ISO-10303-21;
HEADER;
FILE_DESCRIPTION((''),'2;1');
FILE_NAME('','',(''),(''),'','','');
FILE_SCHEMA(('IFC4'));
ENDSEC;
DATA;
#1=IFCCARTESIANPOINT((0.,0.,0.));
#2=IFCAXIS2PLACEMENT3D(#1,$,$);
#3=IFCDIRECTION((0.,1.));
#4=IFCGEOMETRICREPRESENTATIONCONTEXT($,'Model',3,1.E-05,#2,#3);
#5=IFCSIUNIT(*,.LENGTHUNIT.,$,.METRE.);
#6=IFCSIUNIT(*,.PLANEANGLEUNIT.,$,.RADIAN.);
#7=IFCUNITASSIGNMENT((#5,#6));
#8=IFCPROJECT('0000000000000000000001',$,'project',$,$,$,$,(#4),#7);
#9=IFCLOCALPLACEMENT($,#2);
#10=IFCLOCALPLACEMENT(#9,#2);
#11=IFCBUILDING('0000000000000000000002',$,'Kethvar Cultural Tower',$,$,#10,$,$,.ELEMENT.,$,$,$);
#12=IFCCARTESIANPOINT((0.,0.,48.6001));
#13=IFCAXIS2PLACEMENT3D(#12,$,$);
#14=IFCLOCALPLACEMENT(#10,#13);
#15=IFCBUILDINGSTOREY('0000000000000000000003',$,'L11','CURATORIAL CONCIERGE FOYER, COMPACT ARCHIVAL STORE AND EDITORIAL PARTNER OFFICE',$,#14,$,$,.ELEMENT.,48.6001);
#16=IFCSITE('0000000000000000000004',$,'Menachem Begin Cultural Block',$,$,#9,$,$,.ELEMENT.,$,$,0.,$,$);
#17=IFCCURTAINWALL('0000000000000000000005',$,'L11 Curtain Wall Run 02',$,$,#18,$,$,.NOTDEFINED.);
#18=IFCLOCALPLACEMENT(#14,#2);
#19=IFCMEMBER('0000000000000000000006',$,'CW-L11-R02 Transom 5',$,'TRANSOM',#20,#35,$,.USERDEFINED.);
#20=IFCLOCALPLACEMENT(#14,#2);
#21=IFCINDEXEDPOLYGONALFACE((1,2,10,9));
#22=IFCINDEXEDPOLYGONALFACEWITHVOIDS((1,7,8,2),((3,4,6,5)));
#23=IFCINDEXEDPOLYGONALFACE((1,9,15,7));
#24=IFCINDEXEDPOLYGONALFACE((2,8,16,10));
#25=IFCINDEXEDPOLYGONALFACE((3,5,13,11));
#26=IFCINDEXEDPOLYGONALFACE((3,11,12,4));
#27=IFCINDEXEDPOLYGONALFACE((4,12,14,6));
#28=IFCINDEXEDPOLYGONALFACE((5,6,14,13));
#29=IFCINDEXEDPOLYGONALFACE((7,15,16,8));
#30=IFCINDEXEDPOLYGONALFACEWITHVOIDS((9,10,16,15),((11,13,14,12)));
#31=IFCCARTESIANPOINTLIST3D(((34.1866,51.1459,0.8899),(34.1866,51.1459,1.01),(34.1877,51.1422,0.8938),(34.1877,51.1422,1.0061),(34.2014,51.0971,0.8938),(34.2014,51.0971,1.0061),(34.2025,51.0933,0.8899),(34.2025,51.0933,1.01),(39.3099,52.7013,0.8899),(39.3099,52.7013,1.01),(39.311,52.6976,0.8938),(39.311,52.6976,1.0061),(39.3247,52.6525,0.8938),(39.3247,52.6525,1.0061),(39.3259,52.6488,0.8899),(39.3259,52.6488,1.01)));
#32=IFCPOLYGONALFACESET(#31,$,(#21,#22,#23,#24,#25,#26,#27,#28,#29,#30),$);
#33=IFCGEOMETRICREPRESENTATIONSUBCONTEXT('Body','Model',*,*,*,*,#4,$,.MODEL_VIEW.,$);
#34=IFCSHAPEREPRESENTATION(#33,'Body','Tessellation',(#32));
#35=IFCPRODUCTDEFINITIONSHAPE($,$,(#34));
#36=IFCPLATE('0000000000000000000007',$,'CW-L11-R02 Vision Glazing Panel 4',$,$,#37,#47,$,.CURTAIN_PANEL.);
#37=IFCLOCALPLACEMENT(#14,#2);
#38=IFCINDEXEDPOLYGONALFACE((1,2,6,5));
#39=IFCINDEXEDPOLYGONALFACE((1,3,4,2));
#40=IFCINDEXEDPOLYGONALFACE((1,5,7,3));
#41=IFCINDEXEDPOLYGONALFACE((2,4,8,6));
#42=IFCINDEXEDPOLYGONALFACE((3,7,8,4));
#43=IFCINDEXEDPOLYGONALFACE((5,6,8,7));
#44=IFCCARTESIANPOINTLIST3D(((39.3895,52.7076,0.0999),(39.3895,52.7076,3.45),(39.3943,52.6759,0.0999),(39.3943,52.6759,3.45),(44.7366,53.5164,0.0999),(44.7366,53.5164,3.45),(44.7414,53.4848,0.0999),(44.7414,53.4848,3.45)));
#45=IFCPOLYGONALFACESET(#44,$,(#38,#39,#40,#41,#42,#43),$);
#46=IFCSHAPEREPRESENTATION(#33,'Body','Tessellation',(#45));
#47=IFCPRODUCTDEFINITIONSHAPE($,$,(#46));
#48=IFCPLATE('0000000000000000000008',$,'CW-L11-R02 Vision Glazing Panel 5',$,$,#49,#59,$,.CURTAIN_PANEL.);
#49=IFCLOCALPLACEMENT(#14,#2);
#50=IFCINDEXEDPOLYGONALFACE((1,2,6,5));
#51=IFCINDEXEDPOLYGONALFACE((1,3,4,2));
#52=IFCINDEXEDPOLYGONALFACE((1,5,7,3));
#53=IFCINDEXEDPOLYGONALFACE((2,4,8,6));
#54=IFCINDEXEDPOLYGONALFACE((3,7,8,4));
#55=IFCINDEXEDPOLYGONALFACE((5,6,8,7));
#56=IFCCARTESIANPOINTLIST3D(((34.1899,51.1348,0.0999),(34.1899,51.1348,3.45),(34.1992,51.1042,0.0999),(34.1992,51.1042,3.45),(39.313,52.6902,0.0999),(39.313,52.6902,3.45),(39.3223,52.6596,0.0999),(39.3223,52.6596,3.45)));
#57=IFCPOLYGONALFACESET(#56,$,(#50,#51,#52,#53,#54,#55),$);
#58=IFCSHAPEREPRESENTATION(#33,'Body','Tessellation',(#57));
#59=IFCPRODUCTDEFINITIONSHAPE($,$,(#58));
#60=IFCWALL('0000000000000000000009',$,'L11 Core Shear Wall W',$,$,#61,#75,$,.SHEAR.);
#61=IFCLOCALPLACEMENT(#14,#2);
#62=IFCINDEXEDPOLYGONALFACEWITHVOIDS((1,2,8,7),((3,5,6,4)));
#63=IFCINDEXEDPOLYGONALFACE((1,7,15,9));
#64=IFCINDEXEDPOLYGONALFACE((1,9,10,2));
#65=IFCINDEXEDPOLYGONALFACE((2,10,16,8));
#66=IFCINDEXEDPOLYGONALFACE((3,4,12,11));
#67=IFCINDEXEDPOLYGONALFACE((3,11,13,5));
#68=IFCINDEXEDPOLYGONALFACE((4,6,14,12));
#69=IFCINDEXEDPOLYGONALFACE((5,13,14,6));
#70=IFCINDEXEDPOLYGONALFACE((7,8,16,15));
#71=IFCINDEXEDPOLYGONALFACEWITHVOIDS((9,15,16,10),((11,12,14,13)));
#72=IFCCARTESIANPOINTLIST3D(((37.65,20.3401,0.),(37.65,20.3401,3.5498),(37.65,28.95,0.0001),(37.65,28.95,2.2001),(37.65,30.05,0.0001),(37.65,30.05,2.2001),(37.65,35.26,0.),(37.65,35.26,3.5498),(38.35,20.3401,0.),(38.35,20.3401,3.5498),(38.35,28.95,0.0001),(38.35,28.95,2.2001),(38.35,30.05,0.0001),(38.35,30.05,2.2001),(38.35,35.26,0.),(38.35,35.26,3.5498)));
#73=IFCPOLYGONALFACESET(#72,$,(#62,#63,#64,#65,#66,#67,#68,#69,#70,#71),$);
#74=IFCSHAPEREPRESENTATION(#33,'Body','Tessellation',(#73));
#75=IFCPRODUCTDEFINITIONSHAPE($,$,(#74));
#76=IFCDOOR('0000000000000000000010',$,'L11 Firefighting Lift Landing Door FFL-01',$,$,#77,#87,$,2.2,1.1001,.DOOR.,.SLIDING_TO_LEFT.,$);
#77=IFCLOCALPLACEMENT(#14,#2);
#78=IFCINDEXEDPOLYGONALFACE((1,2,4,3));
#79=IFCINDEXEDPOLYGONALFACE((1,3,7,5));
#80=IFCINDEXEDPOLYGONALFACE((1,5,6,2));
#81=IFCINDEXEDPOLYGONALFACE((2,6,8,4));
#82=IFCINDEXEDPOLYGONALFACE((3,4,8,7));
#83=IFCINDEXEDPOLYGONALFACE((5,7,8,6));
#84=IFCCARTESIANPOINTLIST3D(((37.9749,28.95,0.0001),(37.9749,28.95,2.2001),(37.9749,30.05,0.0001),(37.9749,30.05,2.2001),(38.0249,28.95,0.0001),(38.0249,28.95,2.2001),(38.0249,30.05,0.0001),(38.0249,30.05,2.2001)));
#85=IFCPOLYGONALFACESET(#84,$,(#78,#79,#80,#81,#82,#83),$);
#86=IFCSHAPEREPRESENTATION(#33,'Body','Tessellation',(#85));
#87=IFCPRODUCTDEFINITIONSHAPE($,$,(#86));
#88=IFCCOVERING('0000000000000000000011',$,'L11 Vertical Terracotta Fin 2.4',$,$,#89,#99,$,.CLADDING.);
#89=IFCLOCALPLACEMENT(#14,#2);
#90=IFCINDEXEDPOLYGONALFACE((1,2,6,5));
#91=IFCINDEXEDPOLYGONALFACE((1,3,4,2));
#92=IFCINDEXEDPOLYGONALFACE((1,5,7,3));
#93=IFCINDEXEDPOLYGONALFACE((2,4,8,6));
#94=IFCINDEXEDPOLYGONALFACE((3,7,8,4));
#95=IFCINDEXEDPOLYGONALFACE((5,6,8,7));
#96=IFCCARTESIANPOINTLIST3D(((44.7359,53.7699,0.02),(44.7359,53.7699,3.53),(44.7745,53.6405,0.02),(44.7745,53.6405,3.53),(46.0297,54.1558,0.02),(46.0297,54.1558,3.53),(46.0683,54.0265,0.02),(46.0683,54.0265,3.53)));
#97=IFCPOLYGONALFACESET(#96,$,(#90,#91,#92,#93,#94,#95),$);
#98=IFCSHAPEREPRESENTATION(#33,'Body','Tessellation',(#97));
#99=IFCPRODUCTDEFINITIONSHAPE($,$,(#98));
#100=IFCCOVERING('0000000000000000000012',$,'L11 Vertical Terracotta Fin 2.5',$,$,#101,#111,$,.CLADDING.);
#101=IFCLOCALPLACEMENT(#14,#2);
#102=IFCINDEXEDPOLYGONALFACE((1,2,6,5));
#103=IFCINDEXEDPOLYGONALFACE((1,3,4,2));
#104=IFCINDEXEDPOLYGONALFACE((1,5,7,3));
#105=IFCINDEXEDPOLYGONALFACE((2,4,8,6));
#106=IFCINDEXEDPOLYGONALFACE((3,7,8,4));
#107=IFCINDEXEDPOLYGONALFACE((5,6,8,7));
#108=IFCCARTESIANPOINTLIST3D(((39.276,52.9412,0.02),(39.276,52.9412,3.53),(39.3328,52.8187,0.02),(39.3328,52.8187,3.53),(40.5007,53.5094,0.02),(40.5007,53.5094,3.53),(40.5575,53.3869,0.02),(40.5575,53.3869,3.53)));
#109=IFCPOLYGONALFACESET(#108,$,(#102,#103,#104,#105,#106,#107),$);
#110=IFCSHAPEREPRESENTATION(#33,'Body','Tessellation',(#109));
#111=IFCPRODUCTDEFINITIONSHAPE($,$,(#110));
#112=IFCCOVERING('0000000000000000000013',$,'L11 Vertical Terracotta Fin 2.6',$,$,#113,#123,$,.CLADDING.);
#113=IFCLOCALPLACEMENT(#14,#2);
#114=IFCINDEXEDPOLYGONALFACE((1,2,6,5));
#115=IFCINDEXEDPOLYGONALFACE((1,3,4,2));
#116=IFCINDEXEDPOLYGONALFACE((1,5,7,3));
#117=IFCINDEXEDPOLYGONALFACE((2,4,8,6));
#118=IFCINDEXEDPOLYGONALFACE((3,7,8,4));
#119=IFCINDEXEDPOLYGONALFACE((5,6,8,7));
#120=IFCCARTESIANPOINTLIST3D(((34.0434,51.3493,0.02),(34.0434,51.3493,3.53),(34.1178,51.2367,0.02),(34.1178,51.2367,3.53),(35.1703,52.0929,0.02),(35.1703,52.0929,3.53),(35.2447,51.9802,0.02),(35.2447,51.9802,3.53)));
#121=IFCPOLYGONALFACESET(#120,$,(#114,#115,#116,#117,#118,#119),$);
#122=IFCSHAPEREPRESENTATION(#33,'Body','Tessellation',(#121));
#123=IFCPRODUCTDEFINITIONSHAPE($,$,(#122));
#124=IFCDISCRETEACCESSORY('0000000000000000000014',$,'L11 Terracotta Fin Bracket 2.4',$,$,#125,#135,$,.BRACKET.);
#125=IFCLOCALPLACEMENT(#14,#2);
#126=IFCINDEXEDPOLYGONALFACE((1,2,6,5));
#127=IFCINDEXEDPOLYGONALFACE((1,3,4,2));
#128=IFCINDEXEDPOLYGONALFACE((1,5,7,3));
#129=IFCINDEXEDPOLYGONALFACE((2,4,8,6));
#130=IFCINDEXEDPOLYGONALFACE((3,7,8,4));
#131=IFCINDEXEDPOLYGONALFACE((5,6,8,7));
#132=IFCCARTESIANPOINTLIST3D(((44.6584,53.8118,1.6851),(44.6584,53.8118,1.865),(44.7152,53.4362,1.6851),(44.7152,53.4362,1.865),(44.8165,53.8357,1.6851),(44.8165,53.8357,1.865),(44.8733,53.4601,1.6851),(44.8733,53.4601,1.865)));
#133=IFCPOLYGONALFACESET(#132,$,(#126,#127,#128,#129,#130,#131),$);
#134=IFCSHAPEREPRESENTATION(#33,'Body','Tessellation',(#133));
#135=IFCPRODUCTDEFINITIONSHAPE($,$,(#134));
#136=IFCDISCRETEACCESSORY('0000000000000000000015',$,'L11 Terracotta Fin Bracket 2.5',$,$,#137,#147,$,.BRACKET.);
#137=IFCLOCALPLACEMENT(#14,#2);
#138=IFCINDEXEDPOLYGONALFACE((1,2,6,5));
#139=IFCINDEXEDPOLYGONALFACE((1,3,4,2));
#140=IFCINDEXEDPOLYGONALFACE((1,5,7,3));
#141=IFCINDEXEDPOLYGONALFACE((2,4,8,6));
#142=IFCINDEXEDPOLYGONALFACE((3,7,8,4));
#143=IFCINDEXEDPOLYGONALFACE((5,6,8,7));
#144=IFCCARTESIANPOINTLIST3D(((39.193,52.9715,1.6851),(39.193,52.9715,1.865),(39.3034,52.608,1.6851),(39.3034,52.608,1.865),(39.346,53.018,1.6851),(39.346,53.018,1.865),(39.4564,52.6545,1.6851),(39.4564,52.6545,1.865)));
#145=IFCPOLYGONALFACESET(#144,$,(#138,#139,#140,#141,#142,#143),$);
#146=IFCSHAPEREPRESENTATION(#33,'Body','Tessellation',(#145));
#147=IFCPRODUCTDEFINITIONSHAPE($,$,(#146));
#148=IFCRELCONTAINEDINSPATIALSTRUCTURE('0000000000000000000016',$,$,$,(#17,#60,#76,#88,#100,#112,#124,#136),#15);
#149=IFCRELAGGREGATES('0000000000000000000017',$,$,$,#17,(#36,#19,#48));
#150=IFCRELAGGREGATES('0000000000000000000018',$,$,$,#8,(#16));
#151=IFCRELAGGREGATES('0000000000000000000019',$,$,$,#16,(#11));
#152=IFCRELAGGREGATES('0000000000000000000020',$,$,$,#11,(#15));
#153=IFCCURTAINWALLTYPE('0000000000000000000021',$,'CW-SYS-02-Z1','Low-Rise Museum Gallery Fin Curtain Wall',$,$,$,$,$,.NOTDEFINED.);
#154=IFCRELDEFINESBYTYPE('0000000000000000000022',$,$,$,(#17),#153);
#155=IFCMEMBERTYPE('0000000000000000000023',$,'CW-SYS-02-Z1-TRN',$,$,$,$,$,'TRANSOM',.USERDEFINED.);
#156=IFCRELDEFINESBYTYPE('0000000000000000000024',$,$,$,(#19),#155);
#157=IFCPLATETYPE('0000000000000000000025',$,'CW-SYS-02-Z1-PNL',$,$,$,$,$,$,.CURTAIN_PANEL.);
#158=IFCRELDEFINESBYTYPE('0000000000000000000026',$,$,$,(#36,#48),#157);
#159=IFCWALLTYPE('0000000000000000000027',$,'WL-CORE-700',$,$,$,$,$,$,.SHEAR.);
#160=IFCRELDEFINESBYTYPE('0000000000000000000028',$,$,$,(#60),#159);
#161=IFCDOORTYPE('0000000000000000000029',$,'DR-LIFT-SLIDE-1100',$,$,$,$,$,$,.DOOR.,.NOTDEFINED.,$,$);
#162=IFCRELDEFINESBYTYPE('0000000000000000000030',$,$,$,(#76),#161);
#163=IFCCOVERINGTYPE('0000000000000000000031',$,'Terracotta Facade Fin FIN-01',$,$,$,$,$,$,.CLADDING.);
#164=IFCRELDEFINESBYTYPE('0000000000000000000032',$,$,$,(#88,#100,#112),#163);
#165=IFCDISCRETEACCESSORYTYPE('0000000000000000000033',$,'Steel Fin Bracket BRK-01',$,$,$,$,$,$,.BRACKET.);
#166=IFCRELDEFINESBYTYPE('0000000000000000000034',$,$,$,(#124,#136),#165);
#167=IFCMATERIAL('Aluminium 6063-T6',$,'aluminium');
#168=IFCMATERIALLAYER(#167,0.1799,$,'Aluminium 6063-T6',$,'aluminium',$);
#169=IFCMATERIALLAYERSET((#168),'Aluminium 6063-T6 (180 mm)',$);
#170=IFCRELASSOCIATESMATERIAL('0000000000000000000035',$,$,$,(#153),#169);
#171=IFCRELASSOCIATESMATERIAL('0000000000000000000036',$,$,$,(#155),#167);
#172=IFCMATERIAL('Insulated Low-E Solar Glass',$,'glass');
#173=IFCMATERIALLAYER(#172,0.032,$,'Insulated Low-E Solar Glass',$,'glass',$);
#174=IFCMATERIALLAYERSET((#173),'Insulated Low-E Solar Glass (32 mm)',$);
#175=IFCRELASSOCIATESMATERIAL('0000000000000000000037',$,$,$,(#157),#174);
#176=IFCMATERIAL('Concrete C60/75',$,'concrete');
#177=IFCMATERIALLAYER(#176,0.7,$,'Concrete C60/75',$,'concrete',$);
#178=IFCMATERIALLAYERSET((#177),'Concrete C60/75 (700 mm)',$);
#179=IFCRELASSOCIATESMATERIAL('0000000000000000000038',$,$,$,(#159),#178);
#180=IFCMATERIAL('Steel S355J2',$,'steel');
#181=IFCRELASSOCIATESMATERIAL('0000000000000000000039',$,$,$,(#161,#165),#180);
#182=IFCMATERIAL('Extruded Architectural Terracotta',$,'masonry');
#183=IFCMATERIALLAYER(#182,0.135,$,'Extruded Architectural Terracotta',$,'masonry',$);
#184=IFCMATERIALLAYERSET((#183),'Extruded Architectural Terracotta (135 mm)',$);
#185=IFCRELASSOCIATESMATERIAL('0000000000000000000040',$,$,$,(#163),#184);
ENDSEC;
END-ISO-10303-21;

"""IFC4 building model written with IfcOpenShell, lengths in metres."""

from ifc_helpers import new_model, si_unit, direction, frame, frame_2d, origin, origin_2d, place, context, subcontext, project, spatial, rectangle, hollow_rectangle, extrude, source, transform, mapped, material, layer, layer_set, material_profile, profile_set, type_object, element, fill, aggregate, save


model = new_model("IFC4")

# Units and contexts
model_context = context("Model", 3, precision=1e-05, world=origin(), true_north=direction((0.0, 1.0)))
body_context = subcontext(model_context, "Body", "Model", "MODEL_VIEW")
ifc_project = project(units=[si_unit("LENGTHUNIT", "METRE"), si_unit("PLANEANGLEUNIT", "RADIAN")], contexts=[model_context])

# Site, building, storey
site_placement = place(None, origin())
site = spatial("IfcSite", under=ifc_project, at=site_placement, Name="Menachem Begin Cultural Block", CompositionType="ELEMENT", RefElevation=0.0)
building_placement = place(site_placement, origin())
building = spatial("IfcBuilding", under=site, at=building_placement, Name="Kethvar Cultural Tower", CompositionType="ELEMENT")
storey_placement = place(building_placement, frame((0.0, 0.0, 48.6001)))
storey = spatial("IfcBuildingStorey", under=building, at=storey_placement, Name="L11", Description="CURATORIAL CONCIERGE FOYER, COMPACT ARCHIVAL STORE AND EDITORIAL PARTNER OFFICE", CompositionType="ELEMENT", Elevation=48.6001)

# Shared definitions
ifc_material_1 = material(Name="Steel S355J2", Category="steel")

# Curtain wall, member, plates
ifc_material_2 = material(Name="Aluminium 6063-T6", Category="aluminium")
ifc_layer_1 = layer(ifc_material_2, 0.1799, Name="Aluminium 6063-T6", Category="aluminium")
ifc_layer_set_1 = layer_set([ifc_layer_1], Name="Aluminium 6063-T6 (180 mm)")
curtain_wall_type = type_object("IfcCurtainWallType", Name="CW-SYS-02-Z1", Description="Low-Rise Museum Gallery Fin Curtain Wall", PredefinedType="NOTDEFINED", material=ifc_layer_set_1)
curtain_wall_placement = place(storey_placement, origin())
curtain_wall = element("IfcCurtainWall", 1, at=curtain_wall_placement, inside=storey, type_object=curtain_wall_type, Name="L11 Curtain Wall Run 02", PredefinedType="NOTDEFINED")
ifc_material_profile_1 = material_profile(ifc_material_2, hollow_rectangle(XDim=0.0549, YDim=0.1201, WallThickness=0.0039, at=origin_2d()), Name="Aluminium 6063-T6 — RHS120x55x4")
ifc_profile_set_1 = profile_set([ifc_material_profile_1], Name="Aluminium 6063-T6 — RHS120x55x4")
member_type_1 = type_object("IfcMemberType", Name="CW-SYS-02-Z1-TRN", ElementType="TRANSOM", PredefinedType="USERDEFINED", material=ifc_profile_set_1)
shared_shape_1 = source(origin(), body_context, "Body", "SweptSolid", [
    extrude(hollow_rectangle(XDim=0.0549, YDim=0.1201, WallThickness=0.0039, at=origin_2d()), origin(), (0.0, 0.0, 1.0), 5.3542),
])
member_1_placement = place(storey_placement, frame((39.3179, 52.675, 0.95), z_axis=(-0.956874, -0.290505, 0.0), x_axis=(0.290505, -0.956874, 0.0)))
member_1 = element("IfcMember", 2, at=member_1_placement, type_object=member_type_1, Name="CW-L11-R02 Transom 5", ObjectType="TRANSOM", PredefinedType="USERDEFINED", context=body_context, shape_type="MappedRepresentation", body=[
    mapped(shared_shape_1, transform((0.0, 0.0, 0.0), scale=1.0)),
])
ifc_material_3 = material(Name="Insulated Low-E Solar Glass", Category="glass")
ifc_layer_2 = layer(ifc_material_3, 0.032, Name="Insulated Low-E Solar Glass", Category="glass")
ifc_layer_set_2 = layer_set([ifc_layer_2], Name="Insulated Low-E Solar Glass (32 mm)")
plate_type = type_object("IfcPlateType", Name="CW-SYS-02-Z1-PNL", PredefinedType="CURTAIN_PANEL", material=ifc_layer_set_2)
shared_shape_2 = source(origin(), body_context, "Body", "SweptSolid", [
    extrude(rectangle(XDim=5.408, YDim=0.032, at=origin_2d()), origin(), (0.0, 0.0, 1.0), 3.3501),
])
plate_1_placement = place(storey_placement, frame((42.0654, 53.0962, 0.0999), z_axis=(0.0, 0.0, 1.0), x_axis=(-0.988751, -0.14957, 0.0)))
plate_1 = element("IfcPlate", 3, at=plate_1_placement, type_object=plate_type, Name="CW-L11-R02 Vision Glazing Panel 4", PredefinedType="CURTAIN_PANEL", context=body_context, shape_type="MappedRepresentation", body=[
    mapped(shared_shape_2, transform((0.0, 0.0, 0.0), scale=1.0)),
])
shared_shape_3 = source(origin(), body_context, "Body", "SweptSolid", [
    extrude(rectangle(XDim=5.354, YDim=0.032, at=origin_2d()), origin(), (0.0, 0.0, 1.0), 3.3501),
])
plate_2_placement = place(storey_placement, frame((36.7561, 51.8972, 0.0999), z_axis=(0.0, 0.0, 1.0), x_axis=(-0.956869, -0.290518, 0.0)))
plate_2 = element("IfcPlate", 4, at=plate_2_placement, type_object=plate_type, Name="CW-L11-R02 Vision Glazing Panel 5", PredefinedType="CURTAIN_PANEL", context=body_context, shape_type="MappedRepresentation", body=[
    mapped(shared_shape_3, transform((0.0, 0.0, 0.0), scale=1.0)),
])
aggregate(curtain_wall, [plate_1, member_1, plate_2])

# Wall, opening, door
ifc_material_4 = material(Name="Concrete C60/75", Category="concrete")
ifc_layer_3 = layer(ifc_material_4, 0.7, Name="Concrete C60/75", Category="concrete")
ifc_layer_set_3 = layer_set([ifc_layer_3], Name="Concrete C60/75 (700 mm)")
wall_type = type_object("IfcWallType", Name="WL-CORE-700", PredefinedType="SHEAR", material=ifc_layer_set_3)
wall_placement = place(storey_placement, frame((38.0, 35.26, 0.0), z_axis=(0.0, 0.0, 1.0), x_axis=(0.0, -1.0, 0.0)))
wall = element("IfcWall", 5, at=wall_placement, inside=storey, type_object=wall_type, Name="L11 Core Shear Wall W", PredefinedType="SHEAR", context=body_context, shape_type="SweptSolid", body=[
    extrude(rectangle(XDim=14.9199, YDim=0.7, at=frame_2d((7.46, 0.0))), origin(), (0.0, 0.0, 1.0), 3.5498),
])
opening_placement = place(wall_placement, frame((5.21, 0.0, 0.0)))
opening = element("IfcOpeningElement", 6, at=opening_placement, cuts=wall, PredefinedType="OPENING", context=body_context, shape_type="SweptSolid", body=[
    extrude(rectangle(XDim=1.1001, YDim=2.2, at=frame_2d((0.55, 1.1001))), frame((0.0, 0.3599, 0.0), z_axis=(0.0, -1.0, 0.0), x_axis=(1.0, 0.0, 0.0)), (0.0, 0.0, 1.0), 0.72),
])
door_type = type_object("IfcDoorType", Name="DR-LIFT-SLIDE-1100", OperationType="NOTDEFINED", PredefinedType="DOOR", material=ifc_material_1)
shared_shape_4 = source(origin(), body_context, "Body", "SweptSolid", [
    extrude(rectangle(XDim=1.1001, YDim=2.2, at=frame_2d((0.55, 1.1001))), frame((0.0, 0.0249, 0.0), z_axis=(0.0, -1.0, 0.0), x_axis=(1.0, 0.0, 0.0)), (0.0, 0.0, 1.0), 0.05),
])
door_placement = place(opening_placement, origin())
door = element("IfcDoor", 7, at=door_placement, inside=storey, type_object=door_type, Name="L11 Firefighting Lift Landing Door FFL-01", OperationType="SLIDING_TO_LEFT", OverallHeight=2.2, OverallWidth=1.1001, PredefinedType="DOOR", context=body_context, shape_type="MappedRepresentation", body=[
    mapped(shared_shape_4, transform((0.0, 0.0, 0.0), scale=1.0)),
])
fill(opening, door)

# Coverings
ifc_material_5 = material(Name="Extruded Architectural Terracotta", Category="masonry")
ifc_layer_4 = layer(ifc_material_5, 0.135, Name="Extruded Architectural Terracotta", Category="masonry")
ifc_layer_set_4 = layer_set([ifc_layer_4], Name="Extruded Architectural Terracotta (135 mm)")
covering_type = type_object("IfcCoveringType", Name="Terracotta Facade Fin FIN-01", PredefinedType="CLADDING", material=ifc_layer_set_4)
shared_shape_5 = source(origin(), body_context, "Body", "SweptSolid", [
    extrude(rectangle(XDim=1.3501, YDim=0.135, at=origin_2d()), origin(), (0.0, 0.0, 1.0), 3.51),
])
for number, where, z_axis, x_axis, name in (
    (8, (45.4021, 53.8982, 0.02), (0.0, 0.0, 1.0), (0.958273, 0.285856, 0.0), "L11 Vertical Terracotta Fin 2.4"),
    (9, (39.9167, 53.1641, 0.02), (0.0, 0.0, 1.0), (0.907117, 0.420877, 0.0), "L11 Vertical Terracotta Fin 2.5"),
    (10, (34.644, 51.6648, 0.02), (0.0, 0.0, 1.0), (0.834656, 0.550772, 0.0), "L11 Vertical Terracotta Fin 2.6"),
):
    element("IfcCovering", number, at=place(storey_placement, frame(where, z_axis=z_axis, x_axis=x_axis)), inside=storey, type_object=covering_type, Name=name, PredefinedType="CLADDING", context=body_context, shape_type="MappedRepresentation", body=[
        mapped(shared_shape_5, transform((0.0, 0.0, 0.0), scale=1.0)),
    ])

# Discrete accessories
discrete_accessory_type = type_object("IfcDiscreteAccessoryType", Name="Steel Fin Bracket BRK-01", PredefinedType="BRACKET", material=ifc_material_1)
shared_shape_6 = source(origin(), body_context, "Body", "SweptSolid", [
    extrude(rectangle(XDim=0.3799, YDim=0.1599, at=origin_2d()), origin(), (0.0, 0.0, 1.0), 0.1799),
])
for number, where, z_axis, x_axis, name in (
    (11, (44.7659, 53.636, 1.6851), (0.0, 0.0, 1.0), (-0.149535, 0.988756, 0.0), "L11 Terracotta Fin Bracket 2.4"),
    (12, (39.3247, 52.813, 1.6851), (0.0, 0.0, 1.0), (-0.290535, 0.956864, 0.0), "L11 Terracotta Fin Bracket 2.5"),
):
    element("IfcDiscreteAccessory", number, at=place(storey_placement, frame(where, z_axis=z_axis, x_axis=x_axis)), inside=storey, type_object=discrete_accessory_type, Name=name, PredefinedType="BRACKET", context=body_context, shape_type="MappedRepresentation", body=[
        mapped(shared_shape_6, transform((0.0, 0.0, 0.0), scale=1.0)),
    ])

save(model, "model.ifc")
